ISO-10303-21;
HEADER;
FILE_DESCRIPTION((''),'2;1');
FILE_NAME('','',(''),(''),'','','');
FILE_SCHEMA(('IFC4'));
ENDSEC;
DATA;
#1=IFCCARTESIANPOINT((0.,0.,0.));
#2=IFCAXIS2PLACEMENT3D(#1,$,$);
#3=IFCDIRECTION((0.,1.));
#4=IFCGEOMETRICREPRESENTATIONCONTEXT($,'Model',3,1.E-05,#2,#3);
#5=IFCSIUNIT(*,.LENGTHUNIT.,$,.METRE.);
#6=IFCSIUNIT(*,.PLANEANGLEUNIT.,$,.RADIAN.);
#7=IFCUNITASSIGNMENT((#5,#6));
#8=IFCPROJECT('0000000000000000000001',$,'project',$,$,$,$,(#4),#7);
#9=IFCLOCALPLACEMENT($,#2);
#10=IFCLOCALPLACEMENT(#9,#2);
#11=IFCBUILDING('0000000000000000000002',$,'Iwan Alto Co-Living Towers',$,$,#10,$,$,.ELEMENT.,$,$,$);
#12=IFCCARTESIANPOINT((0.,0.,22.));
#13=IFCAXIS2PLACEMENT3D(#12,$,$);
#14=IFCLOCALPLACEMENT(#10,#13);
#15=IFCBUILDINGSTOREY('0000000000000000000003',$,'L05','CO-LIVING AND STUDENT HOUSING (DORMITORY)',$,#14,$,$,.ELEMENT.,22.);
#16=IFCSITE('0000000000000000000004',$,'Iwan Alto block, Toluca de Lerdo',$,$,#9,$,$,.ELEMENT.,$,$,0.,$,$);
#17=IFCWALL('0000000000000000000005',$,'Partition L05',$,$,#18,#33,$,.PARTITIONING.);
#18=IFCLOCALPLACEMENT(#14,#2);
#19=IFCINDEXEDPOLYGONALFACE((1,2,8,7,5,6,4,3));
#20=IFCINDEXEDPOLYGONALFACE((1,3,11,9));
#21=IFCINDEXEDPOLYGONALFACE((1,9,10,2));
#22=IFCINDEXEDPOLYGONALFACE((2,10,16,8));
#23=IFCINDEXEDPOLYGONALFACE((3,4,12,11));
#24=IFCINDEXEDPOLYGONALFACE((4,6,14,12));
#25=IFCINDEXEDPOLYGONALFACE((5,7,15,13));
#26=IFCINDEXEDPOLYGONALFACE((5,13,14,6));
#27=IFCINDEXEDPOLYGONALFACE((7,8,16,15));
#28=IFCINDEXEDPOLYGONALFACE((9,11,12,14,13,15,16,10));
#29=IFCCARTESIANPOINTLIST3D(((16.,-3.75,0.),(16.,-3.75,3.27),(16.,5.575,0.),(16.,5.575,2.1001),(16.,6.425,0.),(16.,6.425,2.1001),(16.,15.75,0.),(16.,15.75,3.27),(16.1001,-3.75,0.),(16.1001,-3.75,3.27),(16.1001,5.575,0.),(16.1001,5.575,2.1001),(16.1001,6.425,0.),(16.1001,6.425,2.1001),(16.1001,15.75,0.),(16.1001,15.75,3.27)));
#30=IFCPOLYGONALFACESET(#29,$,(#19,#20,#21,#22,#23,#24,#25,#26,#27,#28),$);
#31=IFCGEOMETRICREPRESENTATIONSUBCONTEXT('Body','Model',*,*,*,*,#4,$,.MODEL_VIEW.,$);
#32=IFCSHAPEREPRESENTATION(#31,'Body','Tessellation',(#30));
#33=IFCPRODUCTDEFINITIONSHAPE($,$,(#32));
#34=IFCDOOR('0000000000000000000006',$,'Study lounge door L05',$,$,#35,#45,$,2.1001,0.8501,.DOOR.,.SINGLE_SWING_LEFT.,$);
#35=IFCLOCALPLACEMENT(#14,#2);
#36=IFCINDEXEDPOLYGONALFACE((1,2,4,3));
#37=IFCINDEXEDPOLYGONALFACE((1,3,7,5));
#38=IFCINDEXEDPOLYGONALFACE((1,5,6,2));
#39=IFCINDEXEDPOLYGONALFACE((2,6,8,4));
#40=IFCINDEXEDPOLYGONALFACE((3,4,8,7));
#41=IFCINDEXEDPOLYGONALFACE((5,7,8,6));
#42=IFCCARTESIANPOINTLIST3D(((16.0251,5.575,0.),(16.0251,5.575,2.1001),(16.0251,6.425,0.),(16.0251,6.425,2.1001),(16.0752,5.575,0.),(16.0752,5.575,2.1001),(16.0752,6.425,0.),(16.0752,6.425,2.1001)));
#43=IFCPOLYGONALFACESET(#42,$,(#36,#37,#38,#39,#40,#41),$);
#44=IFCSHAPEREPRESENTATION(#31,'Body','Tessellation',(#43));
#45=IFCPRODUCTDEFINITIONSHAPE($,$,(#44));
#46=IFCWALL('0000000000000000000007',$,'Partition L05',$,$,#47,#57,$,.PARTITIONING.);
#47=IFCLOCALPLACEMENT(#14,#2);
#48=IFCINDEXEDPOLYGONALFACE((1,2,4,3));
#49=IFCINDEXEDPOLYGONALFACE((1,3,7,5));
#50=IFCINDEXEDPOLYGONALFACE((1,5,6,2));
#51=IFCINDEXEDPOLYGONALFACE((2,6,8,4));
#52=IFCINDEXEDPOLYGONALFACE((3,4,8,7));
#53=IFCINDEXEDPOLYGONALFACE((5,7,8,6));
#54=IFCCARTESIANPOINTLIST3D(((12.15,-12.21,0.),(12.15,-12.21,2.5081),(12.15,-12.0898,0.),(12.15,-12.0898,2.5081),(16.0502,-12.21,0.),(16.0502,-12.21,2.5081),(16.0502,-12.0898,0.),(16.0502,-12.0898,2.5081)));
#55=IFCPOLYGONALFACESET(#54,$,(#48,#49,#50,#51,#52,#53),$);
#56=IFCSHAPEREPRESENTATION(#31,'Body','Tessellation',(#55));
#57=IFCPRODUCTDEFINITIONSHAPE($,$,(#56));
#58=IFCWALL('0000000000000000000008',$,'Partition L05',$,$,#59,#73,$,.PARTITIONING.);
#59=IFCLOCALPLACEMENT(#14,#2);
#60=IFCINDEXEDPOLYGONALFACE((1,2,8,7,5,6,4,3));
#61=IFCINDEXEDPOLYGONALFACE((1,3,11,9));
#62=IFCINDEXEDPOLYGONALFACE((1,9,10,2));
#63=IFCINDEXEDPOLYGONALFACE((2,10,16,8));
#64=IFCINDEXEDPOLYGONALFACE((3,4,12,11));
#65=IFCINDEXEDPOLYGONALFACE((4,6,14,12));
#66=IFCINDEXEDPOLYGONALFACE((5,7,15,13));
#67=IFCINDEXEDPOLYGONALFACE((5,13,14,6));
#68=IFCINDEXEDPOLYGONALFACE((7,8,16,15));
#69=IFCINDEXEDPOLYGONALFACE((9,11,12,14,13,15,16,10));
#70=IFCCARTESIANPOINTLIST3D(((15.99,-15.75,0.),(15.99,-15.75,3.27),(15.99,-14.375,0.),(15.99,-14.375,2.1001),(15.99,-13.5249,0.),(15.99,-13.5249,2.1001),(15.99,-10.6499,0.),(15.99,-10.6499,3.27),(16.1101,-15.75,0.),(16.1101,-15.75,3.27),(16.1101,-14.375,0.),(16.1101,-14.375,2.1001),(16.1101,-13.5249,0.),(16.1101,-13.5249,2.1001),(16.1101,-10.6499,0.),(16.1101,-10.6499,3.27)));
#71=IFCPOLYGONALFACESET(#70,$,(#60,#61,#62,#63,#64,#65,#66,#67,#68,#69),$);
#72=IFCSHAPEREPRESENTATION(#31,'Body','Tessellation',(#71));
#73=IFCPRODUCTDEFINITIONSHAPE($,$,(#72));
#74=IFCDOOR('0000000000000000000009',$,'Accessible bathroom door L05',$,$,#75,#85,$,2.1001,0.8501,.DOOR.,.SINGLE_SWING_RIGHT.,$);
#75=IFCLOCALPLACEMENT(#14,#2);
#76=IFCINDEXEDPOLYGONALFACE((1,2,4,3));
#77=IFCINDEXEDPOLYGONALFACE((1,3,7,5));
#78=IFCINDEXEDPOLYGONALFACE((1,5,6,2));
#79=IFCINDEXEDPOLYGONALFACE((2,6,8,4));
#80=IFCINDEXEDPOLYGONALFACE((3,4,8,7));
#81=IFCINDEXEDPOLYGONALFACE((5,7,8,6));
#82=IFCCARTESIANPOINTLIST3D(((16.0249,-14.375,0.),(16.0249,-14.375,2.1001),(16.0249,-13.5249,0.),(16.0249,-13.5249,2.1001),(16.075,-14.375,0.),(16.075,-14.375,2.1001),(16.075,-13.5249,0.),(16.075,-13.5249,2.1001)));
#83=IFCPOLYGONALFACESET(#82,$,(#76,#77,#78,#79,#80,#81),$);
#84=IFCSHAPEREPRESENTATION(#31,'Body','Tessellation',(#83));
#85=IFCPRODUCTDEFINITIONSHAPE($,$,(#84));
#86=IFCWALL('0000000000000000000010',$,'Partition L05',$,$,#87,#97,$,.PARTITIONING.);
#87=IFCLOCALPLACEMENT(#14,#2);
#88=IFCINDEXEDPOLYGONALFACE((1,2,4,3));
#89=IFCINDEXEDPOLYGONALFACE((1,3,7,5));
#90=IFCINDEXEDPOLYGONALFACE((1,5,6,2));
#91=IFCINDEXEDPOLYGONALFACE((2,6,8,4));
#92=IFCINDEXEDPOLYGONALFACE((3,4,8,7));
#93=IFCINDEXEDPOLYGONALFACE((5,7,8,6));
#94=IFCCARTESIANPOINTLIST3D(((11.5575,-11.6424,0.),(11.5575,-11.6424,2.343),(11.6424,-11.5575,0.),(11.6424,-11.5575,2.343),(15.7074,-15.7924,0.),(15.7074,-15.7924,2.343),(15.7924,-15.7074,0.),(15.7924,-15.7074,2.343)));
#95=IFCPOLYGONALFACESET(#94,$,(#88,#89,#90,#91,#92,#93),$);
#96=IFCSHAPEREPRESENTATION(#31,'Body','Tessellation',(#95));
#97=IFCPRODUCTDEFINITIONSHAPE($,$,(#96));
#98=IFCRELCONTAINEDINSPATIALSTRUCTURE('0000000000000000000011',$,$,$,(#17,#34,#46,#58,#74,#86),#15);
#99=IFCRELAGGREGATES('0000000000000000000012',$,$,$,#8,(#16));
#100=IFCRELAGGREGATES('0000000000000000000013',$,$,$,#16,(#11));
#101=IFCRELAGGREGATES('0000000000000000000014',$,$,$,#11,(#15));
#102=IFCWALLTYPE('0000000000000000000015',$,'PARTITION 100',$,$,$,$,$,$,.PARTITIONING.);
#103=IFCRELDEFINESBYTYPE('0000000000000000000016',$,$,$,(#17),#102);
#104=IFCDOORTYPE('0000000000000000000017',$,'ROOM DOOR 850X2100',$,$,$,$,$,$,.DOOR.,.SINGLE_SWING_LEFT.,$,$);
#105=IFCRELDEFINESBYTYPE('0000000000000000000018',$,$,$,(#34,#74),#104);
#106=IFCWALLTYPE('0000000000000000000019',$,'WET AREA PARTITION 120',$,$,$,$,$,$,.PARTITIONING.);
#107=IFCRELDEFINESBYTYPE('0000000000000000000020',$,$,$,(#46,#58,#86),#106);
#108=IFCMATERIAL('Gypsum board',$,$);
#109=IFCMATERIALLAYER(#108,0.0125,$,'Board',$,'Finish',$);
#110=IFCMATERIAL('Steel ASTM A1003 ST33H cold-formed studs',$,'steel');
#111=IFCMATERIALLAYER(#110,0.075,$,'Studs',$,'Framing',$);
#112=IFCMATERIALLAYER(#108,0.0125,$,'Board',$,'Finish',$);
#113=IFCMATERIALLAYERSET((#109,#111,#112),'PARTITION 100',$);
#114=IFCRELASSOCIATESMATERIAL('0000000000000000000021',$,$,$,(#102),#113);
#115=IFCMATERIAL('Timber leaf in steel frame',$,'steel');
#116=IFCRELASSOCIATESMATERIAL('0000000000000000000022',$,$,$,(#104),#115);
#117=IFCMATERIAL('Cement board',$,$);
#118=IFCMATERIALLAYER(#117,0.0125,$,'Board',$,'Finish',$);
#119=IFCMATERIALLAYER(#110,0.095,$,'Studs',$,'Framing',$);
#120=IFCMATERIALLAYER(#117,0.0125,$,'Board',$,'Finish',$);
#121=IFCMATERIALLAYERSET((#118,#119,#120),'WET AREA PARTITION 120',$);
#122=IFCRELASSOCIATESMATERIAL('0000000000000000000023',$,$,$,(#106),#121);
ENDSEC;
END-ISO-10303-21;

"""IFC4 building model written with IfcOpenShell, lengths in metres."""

from ifc_helpers import new_model, si_unit, direction, frame, frame_2d, origin, place, context, subcontext, project, spatial, rectangle, extrude, material, layer, layer_set, type_object, element, fill, save


model = new_model("IFC4")

# Units and contexts
model_context = context("Model", 3, precision=1e-05, world=origin(), true_north=direction((0.0, 1.0)))
body_context = subcontext(model_context, "Body", "Model", "MODEL_VIEW")
ifc_project = project(units=[si_unit("LENGTHUNIT", "METRE"), si_unit("PLANEANGLEUNIT", "RADIAN")], contexts=[model_context])

# Site, building, storey
site_placement = place(None, origin())
site = spatial("IfcSite", under=ifc_project, at=site_placement, Name="Iwan Alto block, Toluca de Lerdo", CompositionType="ELEMENT", RefElevation=0.0)
building_placement = place(site_placement, origin())
building = spatial("IfcBuilding", under=site, at=building_placement, Name="Iwan Alto Co-Living Towers", CompositionType="ELEMENT")
storey_placement = place(building_placement, frame((0.0, 0.0, 22.0)))
storey = spatial("IfcBuildingStorey", under=building, at=storey_placement, Name="L05", Description="CO-LIVING AND STUDENT HOUSING (DORMITORY)", CompositionType="ELEMENT", Elevation=22.0)

# Shared definitions
ifc_material_1 = material(Name="Gypsum board")
ifc_layer_1 = layer(ifc_material_1, 0.0125, Name="Board", Category="Finish")
ifc_material_2 = material(Name="Steel ASTM A1003 ST33H cold-formed studs", Category="steel")
ifc_layer_2 = layer(ifc_material_2, 0.075, Name="Studs", Category="Framing")
ifc_layer_3 = layer(ifc_material_1, 0.0125, Name="Board", Category="Finish")
ifc_layer_set_1 = layer_set([ifc_layer_1, ifc_layer_2, ifc_layer_3], Name="PARTITION 100")
wall_type_1 = type_object("IfcWallType", Name="PARTITION 100", PredefinedType="PARTITIONING", material=ifc_layer_set_1)

# Wall, opening, door
wall_1_placement = place(storey_placement, frame((16.05, -3.75, 0.0), z_axis=(0.0, 0.0, 1.0), x_axis=(0.0, 1.0, 0.0)))
wall_1 = element("IfcWall", 1, at=wall_1_placement, inside=storey, type_object=wall_type_1, Name="Partition L05", PredefinedType="PARTITIONING", context=body_context, shape_type="SweptSolid", body=[
    extrude(rectangle(XDim=19.5, YDim=0.1001, at=frame_2d((9.75, 0.0))), origin(), (0.0, 0.0, 1.0), 3.27),
])
opening_1_placement = place(wall_1_placement, frame((9.325, 0.0, 0.0)))
opening_1 = element("IfcOpeningElement", 2, at=opening_1_placement, cuts=wall_1, PredefinedType="OPENING", context=body_context, shape_type="SweptSolid", body=[
    extrude(rectangle(XDim=0.8501, YDim=2.1001, at=frame_2d((0.425, 1.05))), frame((0.0, 0.0601, 0.0), z_axis=(0.0, -1.0, 0.0), x_axis=(1.0, 0.0, 0.0)), (0.0, 0.0, 1.0), 0.1201),
])
ifc_material_3 = material(Name="Timber leaf in steel frame", Category="steel")
door_type_1 = type_object("IfcDoorType", Name="ROOM DOOR 850X2100", OperationType="SINGLE_SWING_LEFT", PredefinedType="DOOR", material=ifc_material_3)
door_1_placement = place(opening_1_placement, origin())
door_1 = element("IfcDoor", 3, at=door_1_placement, inside=storey, type_object=door_type_1, Name="Study lounge door L05", OperationType="SINGLE_SWING_LEFT", OverallHeight=2.1001, OverallWidth=0.8501, PredefinedType="DOOR", context=body_context, shape_type="SweptSolid", body=[
    extrude(rectangle(XDim=0.8501, YDim=2.1001, at=frame_2d((0.425, 1.05))), frame((0.0, 0.0249, 0.0), z_axis=(0.0, -1.0, 0.0), x_axis=(1.0, 0.0, 0.0)), (0.0, 0.0, 1.0), 0.05),
])
fill(opening_1, door_1)

# Wall
ifc_material_4 = material(Name="Cement board")
ifc_layer_4 = layer(ifc_material_4, 0.0125, Name="Board", Category="Finish")
ifc_layer_5 = layer(ifc_material_2, 0.095, Name="Studs", Category="Framing")
ifc_layer_6 = layer(ifc_material_4, 0.0125, Name="Board", Category="Finish")
ifc_layer_set_2 = layer_set([ifc_layer_4, ifc_layer_5, ifc_layer_6], Name="WET AREA PARTITION 120")
wall_type_2 = type_object("IfcWallType", Name="WET AREA PARTITION 120", PredefinedType="PARTITIONING", material=ifc_layer_set_2)
wall_2_placement = place(storey_placement, frame((12.1499, -12.1499, 0.0), z_axis=(0.0, 0.0, 1.0), x_axis=(1.0, 0.0, 0.0)))
element("IfcWall", 4, at=wall_2_placement, inside=storey, type_object=wall_type_2, Name="Partition L05", PredefinedType="PARTITIONING", context=body_context, shape_type="SweptSolid", body=[
    extrude(rectangle(XDim=3.9001, YDim=0.1201, at=frame_2d((1.9502, 0.0))), origin(), (0.0, 0.0, 1.0), 2.5081),
])

# Wall, opening, door
wall_3_placement = place(storey_placement, frame((16.05, -15.75, 0.0), z_axis=(0.0, 0.0, 1.0), x_axis=(0.0, 1.0, 0.0)))
wall_3 = element("IfcWall", 5, at=wall_3_placement, inside=storey, type_object=wall_type_2, Name="Partition L05", PredefinedType="PARTITIONING", context=body_context, shape_type="SweptSolid", body=[
    extrude(rectangle(XDim=5.1001, YDim=0.1201, at=frame_2d((2.55, 0.0))), origin(), (0.0, 0.0, 1.0), 3.27),
])
opening_2_placement = place(wall_3_placement, frame((1.375, 0.0, 0.0)))
opening_2 = element("IfcOpeningElement", 6, at=opening_2_placement, cuts=wall_3, PredefinedType="OPENING", context=body_context, shape_type="SweptSolid", body=[
    extrude(rectangle(XDim=0.8501, YDim=2.1001, at=frame_2d((0.425, 1.05))), frame((0.0, 0.0701, 0.0), z_axis=(0.0, -1.0, 0.0), x_axis=(1.0, 0.0, 0.0)), (0.0, 0.0, 1.0), 0.1401),
])
door_2_placement = place(opening_2_placement, frame((0.8501, 0.0, 0.0), z_axis=(0.0, 0.0, 1.0), x_axis=(-1.0, 0.0, 0.0)))
door_2 = element("IfcDoor", 7, at=door_2_placement, inside=storey, type_object=door_type_1, Name="Accessible bathroom door L05", OperationType="SINGLE_SWING_RIGHT", OverallHeight=2.1001, OverallWidth=0.8501, PredefinedType="DOOR", context=body_context, shape_type="SweptSolid", body=[
    extrude(rectangle(XDim=0.8501, YDim=2.1001, at=frame_2d((0.425, 1.05))), frame((0.0, 0.0249, 0.0), z_axis=(0.0, -1.0, 0.0), x_axis=(1.0, 0.0, 0.0)), (0.0, 0.0, 1.0), 0.05),
])
fill(opening_2, door_2)

# Wall
wall_4_placement = place(storey_placement, frame((15.75, -15.75, 0.0), z_axis=(0.0, 0.0, 1.0), x_axis=(-0.707107, 0.707107, 0.0)))
element("IfcWall", 8, at=wall_4_placement, inside=storey, type_object=wall_type_2, Name="Partition L05", PredefinedType="PARTITIONING", context=body_context, shape_type="SweptSolid", body=[
    extrude(rectangle(XDim=5.8689, YDim=0.1201, at=frame_2d((2.9346, 0.0))), origin(), (0.0, 0.0, 1.0), 2.343),
])

save(model, "model.ifc")
